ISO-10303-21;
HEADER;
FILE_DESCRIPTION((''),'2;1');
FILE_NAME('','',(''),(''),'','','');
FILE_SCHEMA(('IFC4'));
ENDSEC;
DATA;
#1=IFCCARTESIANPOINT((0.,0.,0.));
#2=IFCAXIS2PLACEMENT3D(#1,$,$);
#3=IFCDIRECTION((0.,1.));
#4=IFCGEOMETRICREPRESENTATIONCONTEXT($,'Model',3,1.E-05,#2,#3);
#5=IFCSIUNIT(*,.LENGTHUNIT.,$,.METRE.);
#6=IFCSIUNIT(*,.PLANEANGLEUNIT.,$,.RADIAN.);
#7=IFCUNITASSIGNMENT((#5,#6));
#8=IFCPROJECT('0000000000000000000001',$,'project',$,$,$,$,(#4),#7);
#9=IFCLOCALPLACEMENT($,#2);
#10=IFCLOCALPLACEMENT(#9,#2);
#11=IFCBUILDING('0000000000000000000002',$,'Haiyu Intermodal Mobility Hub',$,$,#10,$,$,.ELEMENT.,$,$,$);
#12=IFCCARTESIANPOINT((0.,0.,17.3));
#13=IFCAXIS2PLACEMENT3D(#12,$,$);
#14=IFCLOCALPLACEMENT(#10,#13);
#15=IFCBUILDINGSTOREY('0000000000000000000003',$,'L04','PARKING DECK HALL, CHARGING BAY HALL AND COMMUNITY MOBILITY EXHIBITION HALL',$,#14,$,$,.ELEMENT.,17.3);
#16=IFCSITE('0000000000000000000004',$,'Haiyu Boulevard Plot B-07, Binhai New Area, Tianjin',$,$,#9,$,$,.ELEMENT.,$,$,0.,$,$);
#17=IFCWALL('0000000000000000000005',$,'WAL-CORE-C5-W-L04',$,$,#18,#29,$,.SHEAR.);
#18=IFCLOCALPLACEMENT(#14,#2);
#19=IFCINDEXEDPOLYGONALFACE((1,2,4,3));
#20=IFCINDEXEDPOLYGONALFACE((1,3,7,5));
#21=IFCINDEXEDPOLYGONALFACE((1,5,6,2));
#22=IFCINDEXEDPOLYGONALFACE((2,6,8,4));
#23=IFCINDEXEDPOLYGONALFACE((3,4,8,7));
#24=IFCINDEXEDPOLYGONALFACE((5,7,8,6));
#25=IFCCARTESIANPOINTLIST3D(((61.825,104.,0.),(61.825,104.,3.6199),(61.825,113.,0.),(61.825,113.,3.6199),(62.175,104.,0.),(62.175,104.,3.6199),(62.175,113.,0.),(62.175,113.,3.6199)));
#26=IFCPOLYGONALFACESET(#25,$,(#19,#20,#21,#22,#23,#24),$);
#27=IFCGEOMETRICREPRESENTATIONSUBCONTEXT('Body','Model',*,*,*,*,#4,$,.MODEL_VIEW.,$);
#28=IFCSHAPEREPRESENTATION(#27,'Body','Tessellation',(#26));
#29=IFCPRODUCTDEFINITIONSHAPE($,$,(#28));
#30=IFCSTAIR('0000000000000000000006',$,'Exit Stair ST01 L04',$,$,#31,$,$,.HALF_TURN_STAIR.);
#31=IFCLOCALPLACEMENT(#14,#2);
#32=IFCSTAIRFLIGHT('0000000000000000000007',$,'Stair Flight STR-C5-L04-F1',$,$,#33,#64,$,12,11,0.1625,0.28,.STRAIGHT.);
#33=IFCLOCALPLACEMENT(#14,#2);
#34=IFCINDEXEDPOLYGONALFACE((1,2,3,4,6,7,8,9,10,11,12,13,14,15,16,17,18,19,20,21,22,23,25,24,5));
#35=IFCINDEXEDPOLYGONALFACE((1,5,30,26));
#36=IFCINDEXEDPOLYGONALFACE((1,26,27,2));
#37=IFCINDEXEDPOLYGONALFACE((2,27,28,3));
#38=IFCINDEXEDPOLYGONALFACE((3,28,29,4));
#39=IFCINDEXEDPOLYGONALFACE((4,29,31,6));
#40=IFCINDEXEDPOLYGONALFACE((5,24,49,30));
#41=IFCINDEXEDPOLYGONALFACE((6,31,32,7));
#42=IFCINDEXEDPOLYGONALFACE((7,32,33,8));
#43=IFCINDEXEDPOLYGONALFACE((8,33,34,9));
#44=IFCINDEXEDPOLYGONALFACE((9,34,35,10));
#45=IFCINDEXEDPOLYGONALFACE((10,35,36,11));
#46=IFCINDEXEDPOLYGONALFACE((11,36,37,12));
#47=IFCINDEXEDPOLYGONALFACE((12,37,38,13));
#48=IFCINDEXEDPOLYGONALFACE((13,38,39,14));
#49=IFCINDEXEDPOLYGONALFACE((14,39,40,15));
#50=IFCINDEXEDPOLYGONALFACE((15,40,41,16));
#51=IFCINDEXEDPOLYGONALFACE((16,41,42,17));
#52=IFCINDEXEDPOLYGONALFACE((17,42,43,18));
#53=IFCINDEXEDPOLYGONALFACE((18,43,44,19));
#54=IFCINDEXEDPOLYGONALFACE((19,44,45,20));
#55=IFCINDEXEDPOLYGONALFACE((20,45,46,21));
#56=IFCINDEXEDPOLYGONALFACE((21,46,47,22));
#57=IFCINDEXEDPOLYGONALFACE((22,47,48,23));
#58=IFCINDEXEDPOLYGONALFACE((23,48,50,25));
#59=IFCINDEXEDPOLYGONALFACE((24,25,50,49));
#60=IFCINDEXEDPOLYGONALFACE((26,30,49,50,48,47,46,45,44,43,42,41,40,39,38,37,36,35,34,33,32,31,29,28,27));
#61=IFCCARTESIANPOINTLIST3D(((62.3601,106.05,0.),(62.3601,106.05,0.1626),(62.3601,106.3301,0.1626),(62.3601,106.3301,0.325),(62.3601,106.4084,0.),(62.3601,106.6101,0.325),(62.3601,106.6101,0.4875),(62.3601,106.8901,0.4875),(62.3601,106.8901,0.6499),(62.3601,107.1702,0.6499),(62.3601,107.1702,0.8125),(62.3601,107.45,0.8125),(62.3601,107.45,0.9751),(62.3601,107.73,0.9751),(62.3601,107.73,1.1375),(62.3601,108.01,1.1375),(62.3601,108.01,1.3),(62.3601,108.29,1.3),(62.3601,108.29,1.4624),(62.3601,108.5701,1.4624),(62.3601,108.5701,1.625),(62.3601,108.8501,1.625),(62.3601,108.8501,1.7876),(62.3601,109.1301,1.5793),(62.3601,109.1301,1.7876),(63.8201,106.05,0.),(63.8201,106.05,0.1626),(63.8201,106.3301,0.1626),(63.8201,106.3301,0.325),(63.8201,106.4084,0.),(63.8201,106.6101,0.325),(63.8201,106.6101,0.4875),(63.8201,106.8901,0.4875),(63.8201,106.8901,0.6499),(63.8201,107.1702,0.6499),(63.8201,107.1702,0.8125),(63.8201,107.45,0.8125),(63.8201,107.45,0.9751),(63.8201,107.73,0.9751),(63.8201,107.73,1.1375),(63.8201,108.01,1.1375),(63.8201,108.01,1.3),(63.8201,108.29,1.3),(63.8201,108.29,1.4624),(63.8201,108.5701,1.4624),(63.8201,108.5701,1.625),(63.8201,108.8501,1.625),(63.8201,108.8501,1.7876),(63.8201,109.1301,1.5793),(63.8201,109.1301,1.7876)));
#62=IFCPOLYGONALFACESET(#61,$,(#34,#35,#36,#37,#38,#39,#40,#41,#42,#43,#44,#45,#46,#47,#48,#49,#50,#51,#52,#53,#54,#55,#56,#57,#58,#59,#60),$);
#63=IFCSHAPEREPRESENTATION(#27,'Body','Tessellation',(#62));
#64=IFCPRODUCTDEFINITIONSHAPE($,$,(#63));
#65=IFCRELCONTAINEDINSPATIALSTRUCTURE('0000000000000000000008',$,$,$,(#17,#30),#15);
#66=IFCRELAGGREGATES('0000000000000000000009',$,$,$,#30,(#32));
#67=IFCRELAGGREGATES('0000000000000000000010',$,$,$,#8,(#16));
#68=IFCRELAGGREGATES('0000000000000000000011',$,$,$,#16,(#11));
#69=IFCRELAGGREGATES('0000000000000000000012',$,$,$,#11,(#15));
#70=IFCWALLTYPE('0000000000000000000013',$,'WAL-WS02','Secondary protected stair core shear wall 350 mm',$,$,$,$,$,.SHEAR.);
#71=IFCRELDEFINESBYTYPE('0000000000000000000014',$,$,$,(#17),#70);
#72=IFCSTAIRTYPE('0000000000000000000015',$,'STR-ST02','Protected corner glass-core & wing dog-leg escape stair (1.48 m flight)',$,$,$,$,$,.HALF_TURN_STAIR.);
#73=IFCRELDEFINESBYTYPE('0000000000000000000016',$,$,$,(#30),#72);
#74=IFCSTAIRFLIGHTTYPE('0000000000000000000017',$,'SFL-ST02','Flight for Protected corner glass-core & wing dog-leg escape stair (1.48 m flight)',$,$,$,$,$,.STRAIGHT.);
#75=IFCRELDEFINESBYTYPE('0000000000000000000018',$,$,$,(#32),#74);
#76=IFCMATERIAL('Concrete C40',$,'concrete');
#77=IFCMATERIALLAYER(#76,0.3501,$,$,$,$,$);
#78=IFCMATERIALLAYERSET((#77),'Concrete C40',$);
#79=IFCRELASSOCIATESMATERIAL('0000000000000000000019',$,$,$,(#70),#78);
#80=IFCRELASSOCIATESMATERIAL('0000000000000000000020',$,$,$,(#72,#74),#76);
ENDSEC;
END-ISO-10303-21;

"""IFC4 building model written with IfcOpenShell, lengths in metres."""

from ifc_helpers import new_model, si_unit, direction, frame, frame_2d, origin, place, context, subcontext, project, spatial, polyline, rectangle, outline, extrude, material, layer, layer_set, type_object, element, aggregate, save


model = new_model("IFC4")

# Units and contexts
model_context = context("Model", 3, precision=1e-05, world=origin(), true_north=direction((0.0, 1.0)))
body_context = subcontext(model_context, "Body", "Model", "MODEL_VIEW")
ifc_project = project(units=[si_unit("LENGTHUNIT", "METRE"), si_unit("PLANEANGLEUNIT", "RADIAN")], contexts=[model_context])

# Site, building, storey
site_placement = place(None, origin())
site = spatial("IfcSite", under=ifc_project, at=site_placement, Name="Haiyu Boulevard Plot B-07, Binhai New Area, Tianjin", CompositionType="ELEMENT", RefElevation=0.0)
building_placement = place(site_placement, origin())
building = spatial("IfcBuilding", under=site, at=building_placement, Name="Haiyu Intermodal Mobility Hub", CompositionType="ELEMENT")
storey_placement = place(building_placement, frame((0.0, 0.0, 17.3)))
storey = spatial("IfcBuildingStorey", under=building, at=storey_placement, Name="L04", Description="PARKING DECK HALL, CHARGING BAY HALL AND COMMUNITY MOBILITY EXHIBITION HALL", CompositionType="ELEMENT", Elevation=17.3)

# Shared definitions
ifc_material_1 = material(Name="Concrete C40", Category="concrete")

# Wall
ifc_layer = layer(ifc_material_1, 0.3501)
ifc_layer_set = layer_set([ifc_layer], Name="Concrete C40")
wall_type = type_object("IfcWallType", Name="WAL-WS02", Description="Secondary protected stair core shear wall 350 mm", PredefinedType="SHEAR", material=ifc_layer_set)
wall_1_placement = place(storey_placement, frame((62.0, 113.0, 0.0), z_axis=(0.0, 0.0, 1.0), x_axis=(0.0, -1.0, 0.0)))
element("IfcWall", 1, at=wall_1_placement, inside=storey, type_object=wall_type, Name="WAL-CORE-C5-W-L04", PredefinedType="SHEAR", context=body_context, shape_type="SweptSolid", body=[
    extrude(rectangle(XDim=9.0, YDim=0.3501, at=frame_2d((4.5, 0.0))), origin(), (0.0, 0.0, 1.0), 3.6199),
])

# Stair, stair flight
stair_type = type_object("IfcStairType", Name="STR-ST02", Description="Protected corner glass-core & wing dog-leg escape stair (1.48 m flight)", PredefinedType="HALF_TURN_STAIR", material=ifc_material_1)
stair_placement = place(storey_placement, origin())
stair = element("IfcStair", 2, at=stair_placement, inside=storey, type_object=stair_type, Name="Exit Stair ST01 L04", PredefinedType="HALF_TURN_STAIR")
stair_flight_type = type_object("IfcStairFlightType", Name="SFL-ST02", Description="Flight for Protected corner glass-core & wing dog-leg escape stair (1.48 m flight)", PredefinedType="STRAIGHT", material=ifc_material_1)
stair_flight_placement = place(storey_placement, frame((63.0901, 106.05, 0.0), z_axis=(0.0, 0.0, 1.0), x_axis=(0.0, 1.0, 0.0)))
stair_flight = element("IfcStairFlight", 3, at=stair_flight_placement, type_object=stair_flight_type, Name="Stair Flight STR-C5-L04-F1", NumberOfRisers=12, NumberOfTreads=11, PredefinedType="STRAIGHT", RiserHeight=0.1625, TreadLength=0.28, context=body_context, shape_type="SweptSolid", body=[
    extrude(outline(polyline([(0.0, 0.0), (0.0, 0.1626), (0.28, 0.1626), (0.28, 0.325), (0.5601, 0.325), (0.5601, 0.4875), (0.8401, 0.4875), (0.8401, 0.6499), (1.1201, 0.6499), (1.1201, 0.8125), (1.3999, 0.8125), (1.3999, 0.9751), (1.6799, 0.9751), (1.6799, 1.1375), (1.96, 1.1375), (1.96, 1.3), (2.24, 1.3), (2.24, 1.4624), (2.52, 1.4624), (2.52, 1.625), (2.8, 1.625), (2.8, 1.7876), (3.0801, 1.7876), (3.0801, 1.95), (3.0801, 1.5793), (0.3584, 0.0), (0.0, 0.0)])), frame((0.0, 0.73, 0.0), z_axis=(0.0, -1.0, 0.0), x_axis=(1.0, 0.0, 0.0)), (0.0, 0.0, 1.0), 1.46),
])
aggregate(stair, [stair_flight])

save(model, "model.ifc")
